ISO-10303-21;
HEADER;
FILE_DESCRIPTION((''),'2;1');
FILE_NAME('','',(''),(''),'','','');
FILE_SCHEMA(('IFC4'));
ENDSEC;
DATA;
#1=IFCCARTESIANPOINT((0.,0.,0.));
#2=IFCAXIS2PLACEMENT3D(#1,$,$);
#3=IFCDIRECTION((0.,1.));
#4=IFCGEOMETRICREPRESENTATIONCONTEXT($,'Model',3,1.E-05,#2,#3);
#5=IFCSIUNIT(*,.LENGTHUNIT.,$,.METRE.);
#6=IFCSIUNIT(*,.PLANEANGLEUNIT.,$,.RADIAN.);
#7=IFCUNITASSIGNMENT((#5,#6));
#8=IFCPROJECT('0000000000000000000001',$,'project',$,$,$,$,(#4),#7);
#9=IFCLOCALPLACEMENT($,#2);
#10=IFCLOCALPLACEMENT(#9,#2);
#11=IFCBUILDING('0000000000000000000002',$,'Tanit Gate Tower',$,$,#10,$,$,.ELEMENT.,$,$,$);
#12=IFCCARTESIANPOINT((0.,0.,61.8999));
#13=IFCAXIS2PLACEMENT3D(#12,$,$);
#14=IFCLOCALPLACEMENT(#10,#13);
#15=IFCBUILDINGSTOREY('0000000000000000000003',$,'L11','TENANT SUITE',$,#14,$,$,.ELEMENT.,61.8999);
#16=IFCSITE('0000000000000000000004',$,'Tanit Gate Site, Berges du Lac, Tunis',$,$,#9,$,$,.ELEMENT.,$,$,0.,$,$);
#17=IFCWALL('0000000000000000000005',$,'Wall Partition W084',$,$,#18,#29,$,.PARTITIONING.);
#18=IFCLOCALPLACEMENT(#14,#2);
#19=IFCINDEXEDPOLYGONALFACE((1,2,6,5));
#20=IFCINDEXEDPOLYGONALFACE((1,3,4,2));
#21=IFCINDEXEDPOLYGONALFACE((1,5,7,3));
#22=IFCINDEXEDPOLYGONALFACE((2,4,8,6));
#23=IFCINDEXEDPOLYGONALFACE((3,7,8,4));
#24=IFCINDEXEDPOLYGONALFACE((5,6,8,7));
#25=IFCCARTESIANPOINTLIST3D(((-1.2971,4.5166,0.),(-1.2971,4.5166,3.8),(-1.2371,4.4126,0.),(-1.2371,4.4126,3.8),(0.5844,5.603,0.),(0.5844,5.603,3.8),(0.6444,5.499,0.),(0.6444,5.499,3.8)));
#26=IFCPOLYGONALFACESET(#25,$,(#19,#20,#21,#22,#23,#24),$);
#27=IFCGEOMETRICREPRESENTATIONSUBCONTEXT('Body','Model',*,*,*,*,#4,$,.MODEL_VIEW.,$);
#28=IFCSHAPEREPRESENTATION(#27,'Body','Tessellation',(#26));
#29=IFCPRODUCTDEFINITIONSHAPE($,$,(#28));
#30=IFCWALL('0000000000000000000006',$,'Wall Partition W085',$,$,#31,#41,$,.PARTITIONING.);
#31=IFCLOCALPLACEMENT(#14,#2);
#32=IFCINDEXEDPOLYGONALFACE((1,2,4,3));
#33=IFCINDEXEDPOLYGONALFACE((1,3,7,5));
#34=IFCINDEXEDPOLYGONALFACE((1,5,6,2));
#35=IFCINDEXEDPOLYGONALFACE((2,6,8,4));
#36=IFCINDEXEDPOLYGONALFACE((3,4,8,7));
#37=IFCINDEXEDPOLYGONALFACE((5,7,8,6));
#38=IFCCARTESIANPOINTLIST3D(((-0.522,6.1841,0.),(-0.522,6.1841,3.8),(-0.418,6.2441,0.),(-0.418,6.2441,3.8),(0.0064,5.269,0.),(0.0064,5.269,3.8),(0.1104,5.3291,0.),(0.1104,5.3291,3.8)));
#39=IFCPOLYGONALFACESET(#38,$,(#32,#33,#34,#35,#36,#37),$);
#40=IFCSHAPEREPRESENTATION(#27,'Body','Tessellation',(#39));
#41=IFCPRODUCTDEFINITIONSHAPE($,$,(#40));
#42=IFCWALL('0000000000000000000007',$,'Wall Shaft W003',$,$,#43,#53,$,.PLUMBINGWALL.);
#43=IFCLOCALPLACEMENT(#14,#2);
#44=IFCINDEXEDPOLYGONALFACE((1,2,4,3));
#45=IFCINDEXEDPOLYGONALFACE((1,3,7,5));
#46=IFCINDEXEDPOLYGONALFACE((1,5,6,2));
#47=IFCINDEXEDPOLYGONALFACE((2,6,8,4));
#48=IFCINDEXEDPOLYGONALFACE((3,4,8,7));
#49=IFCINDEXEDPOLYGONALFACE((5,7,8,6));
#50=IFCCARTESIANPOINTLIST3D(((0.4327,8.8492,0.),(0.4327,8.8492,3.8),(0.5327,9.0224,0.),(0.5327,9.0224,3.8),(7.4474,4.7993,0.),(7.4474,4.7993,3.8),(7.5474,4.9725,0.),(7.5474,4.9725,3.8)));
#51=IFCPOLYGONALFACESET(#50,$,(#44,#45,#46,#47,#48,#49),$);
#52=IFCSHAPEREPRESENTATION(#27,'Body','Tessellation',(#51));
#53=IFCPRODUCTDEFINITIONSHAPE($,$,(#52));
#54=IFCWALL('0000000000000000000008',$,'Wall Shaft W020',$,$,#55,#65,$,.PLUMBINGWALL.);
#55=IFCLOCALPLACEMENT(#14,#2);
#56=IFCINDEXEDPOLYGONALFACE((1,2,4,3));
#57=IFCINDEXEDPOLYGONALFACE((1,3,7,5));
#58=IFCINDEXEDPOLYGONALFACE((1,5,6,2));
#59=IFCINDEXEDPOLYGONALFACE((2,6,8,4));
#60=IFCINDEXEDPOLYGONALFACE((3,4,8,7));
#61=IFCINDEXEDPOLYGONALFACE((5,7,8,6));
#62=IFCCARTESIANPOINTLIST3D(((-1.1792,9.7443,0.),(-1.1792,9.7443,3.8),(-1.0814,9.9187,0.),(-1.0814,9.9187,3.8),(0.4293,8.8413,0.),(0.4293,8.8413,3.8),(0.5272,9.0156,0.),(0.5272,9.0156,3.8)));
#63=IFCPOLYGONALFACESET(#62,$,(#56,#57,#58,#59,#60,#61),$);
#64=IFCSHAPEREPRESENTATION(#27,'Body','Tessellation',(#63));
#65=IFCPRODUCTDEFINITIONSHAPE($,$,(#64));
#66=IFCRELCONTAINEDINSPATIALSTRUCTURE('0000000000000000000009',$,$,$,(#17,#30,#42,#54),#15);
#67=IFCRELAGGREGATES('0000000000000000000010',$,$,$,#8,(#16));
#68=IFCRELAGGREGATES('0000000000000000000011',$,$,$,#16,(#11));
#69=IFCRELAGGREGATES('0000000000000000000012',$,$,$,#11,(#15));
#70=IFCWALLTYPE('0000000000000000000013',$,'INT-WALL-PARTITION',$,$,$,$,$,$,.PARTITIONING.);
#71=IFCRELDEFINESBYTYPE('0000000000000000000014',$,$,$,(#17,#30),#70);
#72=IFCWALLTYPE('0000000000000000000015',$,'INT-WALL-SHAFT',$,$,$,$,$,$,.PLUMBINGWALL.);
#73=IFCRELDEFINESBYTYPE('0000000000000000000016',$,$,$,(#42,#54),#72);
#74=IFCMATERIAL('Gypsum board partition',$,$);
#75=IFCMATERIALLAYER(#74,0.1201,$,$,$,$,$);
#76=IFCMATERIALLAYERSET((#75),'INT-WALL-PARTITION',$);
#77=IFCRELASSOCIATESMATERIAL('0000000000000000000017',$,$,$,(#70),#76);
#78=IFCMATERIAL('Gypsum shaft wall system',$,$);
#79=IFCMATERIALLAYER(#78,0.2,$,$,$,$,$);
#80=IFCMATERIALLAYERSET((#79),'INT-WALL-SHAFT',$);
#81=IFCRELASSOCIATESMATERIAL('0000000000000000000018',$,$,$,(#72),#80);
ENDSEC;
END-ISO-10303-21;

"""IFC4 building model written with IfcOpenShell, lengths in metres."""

from ifc_helpers import new_model, si_unit, direction, frame, frame_2d, origin, place, context, subcontext, project, spatial, rectangle, extrude, material, layer, layer_set, type_object, element, save


model = new_model("IFC4")

# Units and contexts
model_context = context("Model", 3, precision=1e-05, world=origin(), true_north=direction((0.0, 1.0)))
body_context = subcontext(model_context, "Body", "Model", "MODEL_VIEW")
ifc_project = project(units=[si_unit("LENGTHUNIT", "METRE"), si_unit("PLANEANGLEUNIT", "RADIAN")], contexts=[model_context])

# Site, building, storey
site_placement = place(None, origin())
site = spatial("IfcSite", under=ifc_project, at=site_placement, Name="Tanit Gate Site, Berges du Lac, Tunis", CompositionType="ELEMENT", RefElevation=0.0)
building_placement = place(site_placement, origin())
building = spatial("IfcBuilding", under=site, at=building_placement, Name="Tanit Gate Tower", CompositionType="ELEMENT")
storey_placement = place(building_placement, frame((0.0, 0.0, 61.8999)))
storey = spatial("IfcBuildingStorey", under=building, at=storey_placement, Name="L11", Description="TENANT SUITE", CompositionType="ELEMENT", Elevation=61.8999)

# Walls
ifc_material_1 = material(Name="Gypsum board partition")
ifc_layer_1 = layer(ifc_material_1, 0.1201)
ifc_layer_set_1 = layer_set([ifc_layer_1], Name="INT-WALL-PARTITION")
wall_type_1 = type_object("IfcWallType", Name="INT-WALL-PARTITION", PredefinedType="PARTITIONING", material=ifc_layer_set_1)
wall_1_placement = place(storey_placement, frame((0.6145, 5.551, 0.0), z_axis=(0.0, 0.0, 1.0), x_axis=(-0.866008, -0.50003, 0.0)))
element("IfcWall", 1, at=wall_1_placement, inside=storey, type_object=wall_type_1, Name="Wall Partition W084", PredefinedType="PARTITIONING", context=body_context, shape_type="SweptSolid", body=[
    extrude(rectangle(XDim=2.1726, YDim=0.1201, at=frame_2d((1.0864, 0.0))), origin(), (0.0, 0.0, 1.0), 3.8),
])
wall_2_placement = place(storey_placement, frame((-0.47, 6.2141, 0.0), z_axis=(0.0, 0.0, 1.0), x_axis=(0.500016, -0.866016, 0.0)))
element("IfcWall", 2, at=wall_2_placement, inside=storey, type_object=wall_type_1, Name="Wall Partition W085", PredefinedType="PARTITIONING", context=body_context, shape_type="SweptSolid", body=[
    extrude(rectangle(XDim=1.0566, YDim=0.1201, at=frame_2d((0.5283, 0.0))), origin(), (0.0, 0.0, 1.0), 3.8),
])
ifc_material_2 = material(Name="Gypsum shaft wall system")
ifc_layer_2 = layer(ifc_material_2, 0.2)
ifc_layer_set_2 = layer_set([ifc_layer_2], Name="INT-WALL-SHAFT")
wall_type_2 = type_object("IfcWallType", Name="INT-WALL-SHAFT", PredefinedType="PLUMBINGWALL", material=ifc_layer_set_2)
wall_3_placement = place(storey_placement, frame((7.4973, 4.886, 0.0), z_axis=(0.0, 0.0, 1.0), x_axis=(-0.866031, 0.49999, 0.0)))
element("IfcWall", 3, at=wall_3_placement, inside=storey, type_object=wall_type_2, Name="Wall Shaft W003", PredefinedType="PLUMBINGWALL", context=body_context, shape_type="SweptSolid", body=[
    extrude(rectangle(XDim=8.0999, YDim=0.2, at=frame_2d((4.0498, 0.0))), origin(), (0.0, 0.0, 1.0), 3.8),
])
wall_4_placement = place(storey_placement, frame((0.4783, 8.9285, 0.0), z_axis=(0.0, 0.0, 1.0), x_axis=(-0.871989, 0.489526, 0.0)))
element("IfcWall", 4, at=wall_4_placement, inside=storey, type_object=wall_type_2, Name="Wall Shaft W020", PredefinedType="PLUMBINGWALL", context=body_context, shape_type="SweptSolid", body=[
    extrude(rectangle(XDim=1.8447, YDim=0.2, at=frame_2d((0.9224, 0.0))), origin(), (0.0, 0.0, 1.0), 3.8),
])

save(model, "model.ifc")
